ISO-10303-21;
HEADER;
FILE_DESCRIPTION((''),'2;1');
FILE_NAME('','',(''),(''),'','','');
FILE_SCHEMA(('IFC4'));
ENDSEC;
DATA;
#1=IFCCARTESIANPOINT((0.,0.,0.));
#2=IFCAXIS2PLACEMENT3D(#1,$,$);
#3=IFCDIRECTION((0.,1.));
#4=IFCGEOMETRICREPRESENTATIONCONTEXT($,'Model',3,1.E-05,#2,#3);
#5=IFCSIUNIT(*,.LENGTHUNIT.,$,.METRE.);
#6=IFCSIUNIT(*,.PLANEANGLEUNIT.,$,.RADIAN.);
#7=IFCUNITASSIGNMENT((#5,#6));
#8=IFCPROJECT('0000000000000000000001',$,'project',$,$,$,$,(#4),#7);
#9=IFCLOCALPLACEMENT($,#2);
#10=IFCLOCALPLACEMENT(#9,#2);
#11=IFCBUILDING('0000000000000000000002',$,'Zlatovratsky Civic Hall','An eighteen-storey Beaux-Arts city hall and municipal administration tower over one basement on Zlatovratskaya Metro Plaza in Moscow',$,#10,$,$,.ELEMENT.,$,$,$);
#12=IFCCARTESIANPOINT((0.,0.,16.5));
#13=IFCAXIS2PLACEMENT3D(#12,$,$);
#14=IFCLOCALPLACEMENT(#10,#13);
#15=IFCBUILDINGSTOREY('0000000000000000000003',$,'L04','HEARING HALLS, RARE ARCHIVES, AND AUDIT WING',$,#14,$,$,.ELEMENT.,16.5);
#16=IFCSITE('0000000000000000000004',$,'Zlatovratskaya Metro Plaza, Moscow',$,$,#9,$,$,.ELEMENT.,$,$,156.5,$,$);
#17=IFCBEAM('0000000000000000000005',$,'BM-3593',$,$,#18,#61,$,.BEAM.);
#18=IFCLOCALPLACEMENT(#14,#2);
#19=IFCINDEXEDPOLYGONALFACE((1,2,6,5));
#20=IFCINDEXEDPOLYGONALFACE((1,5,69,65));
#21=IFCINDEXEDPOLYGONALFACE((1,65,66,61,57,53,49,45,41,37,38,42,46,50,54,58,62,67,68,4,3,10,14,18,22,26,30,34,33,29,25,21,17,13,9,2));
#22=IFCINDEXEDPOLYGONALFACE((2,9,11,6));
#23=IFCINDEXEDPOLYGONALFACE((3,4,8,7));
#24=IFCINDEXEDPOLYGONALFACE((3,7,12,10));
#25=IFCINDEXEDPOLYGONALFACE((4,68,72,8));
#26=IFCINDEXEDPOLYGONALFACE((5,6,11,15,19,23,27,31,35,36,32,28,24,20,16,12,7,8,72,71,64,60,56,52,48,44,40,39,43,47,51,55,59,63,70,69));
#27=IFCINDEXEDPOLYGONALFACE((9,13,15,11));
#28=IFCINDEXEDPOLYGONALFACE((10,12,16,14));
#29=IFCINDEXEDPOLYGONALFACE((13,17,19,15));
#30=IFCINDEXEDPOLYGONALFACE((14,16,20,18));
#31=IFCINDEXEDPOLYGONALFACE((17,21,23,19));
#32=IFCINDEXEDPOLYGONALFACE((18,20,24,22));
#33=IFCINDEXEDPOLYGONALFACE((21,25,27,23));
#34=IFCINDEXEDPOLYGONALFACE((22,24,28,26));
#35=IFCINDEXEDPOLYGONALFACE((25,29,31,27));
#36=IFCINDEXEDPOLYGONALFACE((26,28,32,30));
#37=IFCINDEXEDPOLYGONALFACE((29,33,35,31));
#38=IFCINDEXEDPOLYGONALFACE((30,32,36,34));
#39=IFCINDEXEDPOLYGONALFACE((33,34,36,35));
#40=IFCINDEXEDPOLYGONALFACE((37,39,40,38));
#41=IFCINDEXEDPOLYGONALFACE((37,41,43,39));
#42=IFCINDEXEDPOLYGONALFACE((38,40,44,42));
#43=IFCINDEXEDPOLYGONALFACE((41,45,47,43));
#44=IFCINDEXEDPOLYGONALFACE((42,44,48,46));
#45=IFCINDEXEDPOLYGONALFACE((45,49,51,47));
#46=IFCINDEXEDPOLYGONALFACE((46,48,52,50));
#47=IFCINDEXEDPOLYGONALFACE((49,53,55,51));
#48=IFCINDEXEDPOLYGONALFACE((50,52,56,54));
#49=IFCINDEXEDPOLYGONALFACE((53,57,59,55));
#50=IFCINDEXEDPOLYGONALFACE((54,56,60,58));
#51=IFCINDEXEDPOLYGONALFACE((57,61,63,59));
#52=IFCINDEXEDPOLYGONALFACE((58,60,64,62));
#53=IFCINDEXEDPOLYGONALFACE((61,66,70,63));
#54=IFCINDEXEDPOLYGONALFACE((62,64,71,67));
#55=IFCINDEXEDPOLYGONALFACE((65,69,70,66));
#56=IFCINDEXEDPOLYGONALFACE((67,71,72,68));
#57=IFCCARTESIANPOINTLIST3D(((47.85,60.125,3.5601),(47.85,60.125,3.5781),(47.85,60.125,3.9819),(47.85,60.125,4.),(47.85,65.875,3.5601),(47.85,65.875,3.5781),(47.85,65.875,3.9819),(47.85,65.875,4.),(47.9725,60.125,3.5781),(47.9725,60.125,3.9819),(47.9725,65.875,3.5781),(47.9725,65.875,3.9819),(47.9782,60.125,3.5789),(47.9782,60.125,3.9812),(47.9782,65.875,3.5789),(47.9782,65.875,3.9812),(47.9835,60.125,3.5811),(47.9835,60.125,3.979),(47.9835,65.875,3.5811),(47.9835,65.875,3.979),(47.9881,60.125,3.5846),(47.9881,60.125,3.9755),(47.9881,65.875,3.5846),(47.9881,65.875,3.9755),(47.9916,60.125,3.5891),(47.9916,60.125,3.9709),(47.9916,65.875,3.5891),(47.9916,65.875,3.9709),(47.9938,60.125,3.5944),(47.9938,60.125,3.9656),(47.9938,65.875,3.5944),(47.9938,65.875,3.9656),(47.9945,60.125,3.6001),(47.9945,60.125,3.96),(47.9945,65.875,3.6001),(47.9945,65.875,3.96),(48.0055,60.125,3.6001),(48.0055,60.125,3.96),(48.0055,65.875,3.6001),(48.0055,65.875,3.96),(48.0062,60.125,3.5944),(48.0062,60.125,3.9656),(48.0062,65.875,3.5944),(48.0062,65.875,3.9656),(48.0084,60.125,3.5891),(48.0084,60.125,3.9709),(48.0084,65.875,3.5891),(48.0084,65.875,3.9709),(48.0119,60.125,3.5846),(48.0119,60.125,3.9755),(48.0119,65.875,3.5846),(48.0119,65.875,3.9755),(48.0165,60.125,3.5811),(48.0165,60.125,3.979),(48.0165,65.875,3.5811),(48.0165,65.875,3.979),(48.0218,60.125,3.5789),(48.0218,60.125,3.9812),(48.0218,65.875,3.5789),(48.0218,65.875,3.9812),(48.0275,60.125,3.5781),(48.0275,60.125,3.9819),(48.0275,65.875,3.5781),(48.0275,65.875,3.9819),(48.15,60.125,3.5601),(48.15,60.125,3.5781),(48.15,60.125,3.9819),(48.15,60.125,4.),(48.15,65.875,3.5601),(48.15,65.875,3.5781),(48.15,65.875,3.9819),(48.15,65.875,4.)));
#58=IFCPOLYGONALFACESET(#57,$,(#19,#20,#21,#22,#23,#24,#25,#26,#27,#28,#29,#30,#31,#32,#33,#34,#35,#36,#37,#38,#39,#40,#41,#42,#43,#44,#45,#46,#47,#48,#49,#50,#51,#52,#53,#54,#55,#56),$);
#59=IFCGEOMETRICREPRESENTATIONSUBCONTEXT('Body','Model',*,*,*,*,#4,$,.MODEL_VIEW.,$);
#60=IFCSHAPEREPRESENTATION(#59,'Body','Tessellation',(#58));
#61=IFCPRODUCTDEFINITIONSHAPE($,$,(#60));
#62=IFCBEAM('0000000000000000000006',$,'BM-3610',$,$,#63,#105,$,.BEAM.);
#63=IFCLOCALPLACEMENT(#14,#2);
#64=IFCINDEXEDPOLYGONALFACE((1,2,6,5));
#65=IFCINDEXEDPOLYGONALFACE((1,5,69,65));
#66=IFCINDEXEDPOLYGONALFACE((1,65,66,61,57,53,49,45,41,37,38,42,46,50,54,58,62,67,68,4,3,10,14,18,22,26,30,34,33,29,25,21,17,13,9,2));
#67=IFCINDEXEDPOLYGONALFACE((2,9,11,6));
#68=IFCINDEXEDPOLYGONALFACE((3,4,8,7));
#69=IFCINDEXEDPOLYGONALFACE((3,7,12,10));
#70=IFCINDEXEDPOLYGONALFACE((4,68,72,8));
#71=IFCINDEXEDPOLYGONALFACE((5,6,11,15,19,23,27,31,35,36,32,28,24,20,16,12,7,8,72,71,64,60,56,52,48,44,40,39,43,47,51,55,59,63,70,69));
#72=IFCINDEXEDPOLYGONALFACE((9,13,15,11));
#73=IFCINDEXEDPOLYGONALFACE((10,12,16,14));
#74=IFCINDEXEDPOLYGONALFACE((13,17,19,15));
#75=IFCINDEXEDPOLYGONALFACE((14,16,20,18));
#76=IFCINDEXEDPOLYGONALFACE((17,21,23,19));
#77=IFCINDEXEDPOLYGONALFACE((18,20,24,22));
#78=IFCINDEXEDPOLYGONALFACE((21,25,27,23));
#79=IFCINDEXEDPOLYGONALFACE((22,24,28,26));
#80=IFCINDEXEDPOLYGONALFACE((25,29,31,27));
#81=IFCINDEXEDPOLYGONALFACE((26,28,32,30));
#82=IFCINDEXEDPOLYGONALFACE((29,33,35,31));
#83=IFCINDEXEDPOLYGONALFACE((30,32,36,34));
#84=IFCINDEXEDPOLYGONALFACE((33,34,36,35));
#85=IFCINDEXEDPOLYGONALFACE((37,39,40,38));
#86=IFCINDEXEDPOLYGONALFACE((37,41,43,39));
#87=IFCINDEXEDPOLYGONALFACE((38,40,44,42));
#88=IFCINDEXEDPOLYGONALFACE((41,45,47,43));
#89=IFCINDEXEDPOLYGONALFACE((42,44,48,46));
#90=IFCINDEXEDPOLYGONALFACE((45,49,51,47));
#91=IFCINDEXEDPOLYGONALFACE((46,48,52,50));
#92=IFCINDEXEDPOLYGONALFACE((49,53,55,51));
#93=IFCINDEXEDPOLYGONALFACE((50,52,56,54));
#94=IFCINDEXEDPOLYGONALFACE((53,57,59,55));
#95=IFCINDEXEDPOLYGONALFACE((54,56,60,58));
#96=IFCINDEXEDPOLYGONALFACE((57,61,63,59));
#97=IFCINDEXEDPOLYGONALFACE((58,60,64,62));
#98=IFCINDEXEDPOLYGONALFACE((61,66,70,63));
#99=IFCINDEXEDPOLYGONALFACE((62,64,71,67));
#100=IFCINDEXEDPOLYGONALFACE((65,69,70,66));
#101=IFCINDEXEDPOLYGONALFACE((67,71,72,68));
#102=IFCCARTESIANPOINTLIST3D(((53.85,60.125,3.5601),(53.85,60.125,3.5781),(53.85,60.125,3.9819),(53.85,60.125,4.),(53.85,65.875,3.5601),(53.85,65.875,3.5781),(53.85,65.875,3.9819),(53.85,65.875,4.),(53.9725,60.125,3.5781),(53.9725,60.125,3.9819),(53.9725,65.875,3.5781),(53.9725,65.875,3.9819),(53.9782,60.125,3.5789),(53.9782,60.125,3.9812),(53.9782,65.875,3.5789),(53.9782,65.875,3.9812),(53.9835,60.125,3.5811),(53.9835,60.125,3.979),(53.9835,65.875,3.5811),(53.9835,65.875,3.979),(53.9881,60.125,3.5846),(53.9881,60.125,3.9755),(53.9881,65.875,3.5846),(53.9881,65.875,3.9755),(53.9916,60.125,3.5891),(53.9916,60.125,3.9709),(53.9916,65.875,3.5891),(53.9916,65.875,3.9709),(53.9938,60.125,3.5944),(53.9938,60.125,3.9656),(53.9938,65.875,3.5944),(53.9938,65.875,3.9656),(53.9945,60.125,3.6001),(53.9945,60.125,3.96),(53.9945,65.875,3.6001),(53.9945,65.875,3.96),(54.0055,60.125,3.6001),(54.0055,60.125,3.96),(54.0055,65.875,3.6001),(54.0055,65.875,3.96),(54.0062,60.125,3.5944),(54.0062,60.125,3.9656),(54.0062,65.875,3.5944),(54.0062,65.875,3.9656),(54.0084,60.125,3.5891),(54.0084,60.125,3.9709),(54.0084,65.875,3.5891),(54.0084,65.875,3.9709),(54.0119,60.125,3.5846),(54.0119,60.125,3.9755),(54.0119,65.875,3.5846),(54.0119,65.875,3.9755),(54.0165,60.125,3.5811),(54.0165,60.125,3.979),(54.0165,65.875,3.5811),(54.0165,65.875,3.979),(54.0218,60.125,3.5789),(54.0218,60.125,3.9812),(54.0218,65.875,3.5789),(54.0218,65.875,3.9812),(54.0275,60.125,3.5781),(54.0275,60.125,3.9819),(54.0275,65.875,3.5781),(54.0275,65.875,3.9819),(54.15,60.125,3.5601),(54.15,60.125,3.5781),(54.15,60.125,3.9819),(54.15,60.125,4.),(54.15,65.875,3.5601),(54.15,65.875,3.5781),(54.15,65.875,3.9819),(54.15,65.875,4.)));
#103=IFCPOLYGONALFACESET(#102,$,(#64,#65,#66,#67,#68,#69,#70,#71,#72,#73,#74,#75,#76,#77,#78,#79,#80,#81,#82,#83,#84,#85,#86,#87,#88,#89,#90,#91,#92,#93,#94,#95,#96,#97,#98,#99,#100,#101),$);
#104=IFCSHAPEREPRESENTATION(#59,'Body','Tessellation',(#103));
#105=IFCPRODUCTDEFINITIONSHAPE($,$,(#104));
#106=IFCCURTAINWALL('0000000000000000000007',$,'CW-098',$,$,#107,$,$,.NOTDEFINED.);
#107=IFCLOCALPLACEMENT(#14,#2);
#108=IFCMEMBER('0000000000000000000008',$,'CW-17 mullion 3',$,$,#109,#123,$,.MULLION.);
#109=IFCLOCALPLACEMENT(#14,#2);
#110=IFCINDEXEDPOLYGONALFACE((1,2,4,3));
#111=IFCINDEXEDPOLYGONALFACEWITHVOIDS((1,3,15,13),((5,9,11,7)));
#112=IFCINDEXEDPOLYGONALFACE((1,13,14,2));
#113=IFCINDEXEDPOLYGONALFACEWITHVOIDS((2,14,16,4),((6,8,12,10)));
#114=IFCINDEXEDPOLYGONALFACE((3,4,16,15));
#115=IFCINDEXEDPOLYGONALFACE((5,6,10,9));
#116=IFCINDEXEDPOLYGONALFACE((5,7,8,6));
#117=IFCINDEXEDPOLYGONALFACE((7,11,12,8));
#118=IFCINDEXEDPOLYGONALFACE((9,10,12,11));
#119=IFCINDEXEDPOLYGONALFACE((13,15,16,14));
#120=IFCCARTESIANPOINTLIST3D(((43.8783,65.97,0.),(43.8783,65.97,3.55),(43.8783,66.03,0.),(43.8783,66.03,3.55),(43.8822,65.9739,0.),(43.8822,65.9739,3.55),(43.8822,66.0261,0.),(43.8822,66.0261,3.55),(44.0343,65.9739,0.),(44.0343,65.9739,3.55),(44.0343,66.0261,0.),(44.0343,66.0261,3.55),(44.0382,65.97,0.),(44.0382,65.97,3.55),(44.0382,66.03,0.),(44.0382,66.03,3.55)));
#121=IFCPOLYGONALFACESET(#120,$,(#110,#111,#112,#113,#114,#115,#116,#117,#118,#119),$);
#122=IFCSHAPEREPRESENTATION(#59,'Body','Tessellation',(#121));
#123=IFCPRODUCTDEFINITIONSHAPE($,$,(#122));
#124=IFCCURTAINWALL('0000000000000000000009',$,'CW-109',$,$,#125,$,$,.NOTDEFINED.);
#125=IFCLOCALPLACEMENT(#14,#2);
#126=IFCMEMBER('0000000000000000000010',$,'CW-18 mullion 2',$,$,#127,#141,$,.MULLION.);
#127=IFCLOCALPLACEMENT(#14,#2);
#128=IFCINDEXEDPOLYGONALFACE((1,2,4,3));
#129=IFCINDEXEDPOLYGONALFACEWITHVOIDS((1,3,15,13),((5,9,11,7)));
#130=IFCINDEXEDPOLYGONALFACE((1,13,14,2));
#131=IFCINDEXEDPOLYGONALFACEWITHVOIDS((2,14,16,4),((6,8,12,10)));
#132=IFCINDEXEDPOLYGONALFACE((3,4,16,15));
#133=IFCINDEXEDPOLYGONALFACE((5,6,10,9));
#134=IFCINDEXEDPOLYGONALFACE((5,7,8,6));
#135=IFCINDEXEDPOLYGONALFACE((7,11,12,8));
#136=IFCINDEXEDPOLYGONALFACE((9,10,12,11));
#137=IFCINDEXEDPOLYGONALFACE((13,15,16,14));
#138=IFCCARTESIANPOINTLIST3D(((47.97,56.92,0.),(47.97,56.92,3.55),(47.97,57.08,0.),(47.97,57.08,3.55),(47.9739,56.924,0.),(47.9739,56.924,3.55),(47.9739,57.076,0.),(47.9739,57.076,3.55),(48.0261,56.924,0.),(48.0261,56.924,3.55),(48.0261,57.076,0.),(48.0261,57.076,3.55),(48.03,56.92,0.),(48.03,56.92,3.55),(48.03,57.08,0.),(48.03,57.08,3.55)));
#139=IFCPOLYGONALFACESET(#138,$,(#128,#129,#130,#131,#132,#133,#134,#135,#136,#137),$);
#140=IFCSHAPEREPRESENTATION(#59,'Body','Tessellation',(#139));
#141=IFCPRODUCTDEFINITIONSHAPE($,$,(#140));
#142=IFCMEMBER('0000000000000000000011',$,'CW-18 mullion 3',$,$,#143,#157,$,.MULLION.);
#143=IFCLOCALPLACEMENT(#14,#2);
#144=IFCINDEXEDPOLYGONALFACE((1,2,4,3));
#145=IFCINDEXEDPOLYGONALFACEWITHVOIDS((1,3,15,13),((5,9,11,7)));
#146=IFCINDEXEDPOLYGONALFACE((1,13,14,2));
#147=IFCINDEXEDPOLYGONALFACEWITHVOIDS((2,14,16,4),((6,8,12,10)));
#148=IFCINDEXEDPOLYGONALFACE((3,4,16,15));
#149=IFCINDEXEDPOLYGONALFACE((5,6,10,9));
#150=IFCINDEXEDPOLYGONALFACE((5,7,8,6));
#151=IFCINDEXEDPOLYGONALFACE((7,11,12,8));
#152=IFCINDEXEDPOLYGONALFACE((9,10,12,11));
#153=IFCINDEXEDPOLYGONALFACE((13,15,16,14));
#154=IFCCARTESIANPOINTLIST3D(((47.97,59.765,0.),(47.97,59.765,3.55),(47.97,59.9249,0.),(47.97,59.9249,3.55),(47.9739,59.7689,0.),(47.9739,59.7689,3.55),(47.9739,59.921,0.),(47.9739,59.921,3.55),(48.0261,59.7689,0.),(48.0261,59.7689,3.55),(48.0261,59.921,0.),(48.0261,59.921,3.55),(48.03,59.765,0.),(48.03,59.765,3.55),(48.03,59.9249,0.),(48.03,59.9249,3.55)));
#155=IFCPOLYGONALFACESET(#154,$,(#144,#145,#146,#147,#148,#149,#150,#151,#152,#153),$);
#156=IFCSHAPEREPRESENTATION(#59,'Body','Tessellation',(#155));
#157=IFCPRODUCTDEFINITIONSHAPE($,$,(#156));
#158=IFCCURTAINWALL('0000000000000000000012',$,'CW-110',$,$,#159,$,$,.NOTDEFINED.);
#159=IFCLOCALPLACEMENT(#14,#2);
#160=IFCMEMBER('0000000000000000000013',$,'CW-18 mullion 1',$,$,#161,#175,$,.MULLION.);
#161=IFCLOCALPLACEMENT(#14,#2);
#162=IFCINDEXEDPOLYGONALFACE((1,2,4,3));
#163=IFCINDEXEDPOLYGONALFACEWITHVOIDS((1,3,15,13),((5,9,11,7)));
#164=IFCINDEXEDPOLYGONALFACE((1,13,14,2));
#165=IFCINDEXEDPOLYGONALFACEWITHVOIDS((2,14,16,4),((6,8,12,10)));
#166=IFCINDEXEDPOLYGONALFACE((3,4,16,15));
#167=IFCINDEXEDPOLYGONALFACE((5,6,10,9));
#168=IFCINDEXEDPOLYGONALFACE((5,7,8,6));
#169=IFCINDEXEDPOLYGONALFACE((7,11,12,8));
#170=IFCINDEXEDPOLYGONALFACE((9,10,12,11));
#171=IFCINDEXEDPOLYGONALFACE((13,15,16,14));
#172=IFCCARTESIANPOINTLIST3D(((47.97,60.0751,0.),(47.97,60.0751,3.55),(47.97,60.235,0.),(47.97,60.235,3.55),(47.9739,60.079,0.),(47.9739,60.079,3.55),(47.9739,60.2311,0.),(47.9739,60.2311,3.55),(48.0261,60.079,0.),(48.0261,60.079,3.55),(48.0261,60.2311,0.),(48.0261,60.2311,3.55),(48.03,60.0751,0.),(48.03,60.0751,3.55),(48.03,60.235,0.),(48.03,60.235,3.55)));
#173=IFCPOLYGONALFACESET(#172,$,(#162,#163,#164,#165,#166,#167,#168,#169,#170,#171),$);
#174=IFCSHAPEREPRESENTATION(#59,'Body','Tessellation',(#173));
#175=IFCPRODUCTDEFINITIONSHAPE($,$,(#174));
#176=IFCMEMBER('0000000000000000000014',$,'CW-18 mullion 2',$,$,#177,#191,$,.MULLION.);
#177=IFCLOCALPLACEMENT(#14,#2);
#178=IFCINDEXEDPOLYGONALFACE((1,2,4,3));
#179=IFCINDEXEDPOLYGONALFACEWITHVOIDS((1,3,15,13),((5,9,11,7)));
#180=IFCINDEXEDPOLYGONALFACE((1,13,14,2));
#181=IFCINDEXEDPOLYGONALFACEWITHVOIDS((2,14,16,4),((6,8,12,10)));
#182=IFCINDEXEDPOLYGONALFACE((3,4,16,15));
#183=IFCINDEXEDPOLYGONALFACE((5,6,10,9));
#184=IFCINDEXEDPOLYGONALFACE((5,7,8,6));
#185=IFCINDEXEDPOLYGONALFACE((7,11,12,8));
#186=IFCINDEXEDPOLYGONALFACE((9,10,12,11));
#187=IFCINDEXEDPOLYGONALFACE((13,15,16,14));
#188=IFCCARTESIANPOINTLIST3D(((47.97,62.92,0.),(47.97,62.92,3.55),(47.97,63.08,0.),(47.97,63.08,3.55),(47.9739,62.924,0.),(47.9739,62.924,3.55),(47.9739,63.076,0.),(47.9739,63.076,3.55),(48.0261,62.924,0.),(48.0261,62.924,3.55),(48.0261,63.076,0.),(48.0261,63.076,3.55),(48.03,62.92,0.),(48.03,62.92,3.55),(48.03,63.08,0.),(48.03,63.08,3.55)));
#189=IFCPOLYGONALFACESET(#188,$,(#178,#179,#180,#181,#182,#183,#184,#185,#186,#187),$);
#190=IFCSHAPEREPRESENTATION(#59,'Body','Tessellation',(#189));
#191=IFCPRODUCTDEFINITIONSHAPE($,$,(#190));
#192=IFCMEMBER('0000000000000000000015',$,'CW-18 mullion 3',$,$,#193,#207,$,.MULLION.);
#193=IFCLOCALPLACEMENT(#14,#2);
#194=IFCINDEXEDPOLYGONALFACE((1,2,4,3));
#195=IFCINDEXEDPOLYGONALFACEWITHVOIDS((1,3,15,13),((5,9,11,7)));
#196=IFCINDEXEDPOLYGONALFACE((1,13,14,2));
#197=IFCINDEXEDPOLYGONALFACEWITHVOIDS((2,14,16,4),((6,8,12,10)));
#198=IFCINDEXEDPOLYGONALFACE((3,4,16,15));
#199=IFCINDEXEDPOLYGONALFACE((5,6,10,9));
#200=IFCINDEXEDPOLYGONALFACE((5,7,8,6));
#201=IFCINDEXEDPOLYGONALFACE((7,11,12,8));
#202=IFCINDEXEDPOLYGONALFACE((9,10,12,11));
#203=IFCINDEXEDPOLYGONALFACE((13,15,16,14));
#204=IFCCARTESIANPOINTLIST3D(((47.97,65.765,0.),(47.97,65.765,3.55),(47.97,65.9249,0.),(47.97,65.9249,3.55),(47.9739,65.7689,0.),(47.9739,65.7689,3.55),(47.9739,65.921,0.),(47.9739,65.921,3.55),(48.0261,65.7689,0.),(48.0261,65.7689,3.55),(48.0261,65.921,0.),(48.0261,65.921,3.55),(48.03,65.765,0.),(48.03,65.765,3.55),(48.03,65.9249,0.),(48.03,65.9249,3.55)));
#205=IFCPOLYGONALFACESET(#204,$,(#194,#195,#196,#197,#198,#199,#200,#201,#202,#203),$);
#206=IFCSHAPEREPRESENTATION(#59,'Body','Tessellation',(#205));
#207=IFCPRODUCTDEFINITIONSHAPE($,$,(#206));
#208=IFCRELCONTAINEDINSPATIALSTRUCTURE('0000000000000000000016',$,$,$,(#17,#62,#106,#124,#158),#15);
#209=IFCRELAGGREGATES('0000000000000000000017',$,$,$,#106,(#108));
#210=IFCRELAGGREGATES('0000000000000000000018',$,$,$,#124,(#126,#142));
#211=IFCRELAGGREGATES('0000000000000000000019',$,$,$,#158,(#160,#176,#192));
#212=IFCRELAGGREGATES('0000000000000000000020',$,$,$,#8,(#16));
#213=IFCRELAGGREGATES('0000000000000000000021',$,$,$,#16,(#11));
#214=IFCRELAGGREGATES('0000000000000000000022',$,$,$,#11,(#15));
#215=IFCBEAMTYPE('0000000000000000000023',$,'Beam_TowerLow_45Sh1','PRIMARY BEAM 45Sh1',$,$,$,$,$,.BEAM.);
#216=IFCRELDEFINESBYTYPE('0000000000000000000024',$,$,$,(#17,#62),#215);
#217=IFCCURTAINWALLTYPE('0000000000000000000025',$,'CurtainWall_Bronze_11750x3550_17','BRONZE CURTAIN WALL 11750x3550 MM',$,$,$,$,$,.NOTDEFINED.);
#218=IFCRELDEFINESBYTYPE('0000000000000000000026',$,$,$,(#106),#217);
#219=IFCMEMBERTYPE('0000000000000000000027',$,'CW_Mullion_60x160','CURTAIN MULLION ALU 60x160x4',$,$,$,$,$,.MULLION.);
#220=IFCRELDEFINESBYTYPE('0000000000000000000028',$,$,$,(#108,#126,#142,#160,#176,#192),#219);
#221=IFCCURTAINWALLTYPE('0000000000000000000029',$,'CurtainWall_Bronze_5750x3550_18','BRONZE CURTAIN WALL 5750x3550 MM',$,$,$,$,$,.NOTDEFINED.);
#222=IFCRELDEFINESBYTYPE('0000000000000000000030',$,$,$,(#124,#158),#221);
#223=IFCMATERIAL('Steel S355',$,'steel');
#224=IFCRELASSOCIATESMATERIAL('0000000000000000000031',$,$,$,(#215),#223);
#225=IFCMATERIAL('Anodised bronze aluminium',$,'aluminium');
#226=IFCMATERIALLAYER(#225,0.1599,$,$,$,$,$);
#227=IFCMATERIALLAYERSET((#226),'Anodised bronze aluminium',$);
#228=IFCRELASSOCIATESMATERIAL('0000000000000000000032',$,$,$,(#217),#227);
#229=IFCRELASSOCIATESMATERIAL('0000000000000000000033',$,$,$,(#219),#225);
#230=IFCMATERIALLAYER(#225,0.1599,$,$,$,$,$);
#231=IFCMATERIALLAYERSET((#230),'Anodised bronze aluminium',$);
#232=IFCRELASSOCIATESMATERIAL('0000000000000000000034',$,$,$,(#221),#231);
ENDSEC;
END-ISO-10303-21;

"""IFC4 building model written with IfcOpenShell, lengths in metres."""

from ifc_helpers import new_model, si_unit, direction, frame, origin, origin_2d, place, context, subcontext, project, spatial, hollow_rectangle, i_section, extrude, material, layer, layer_set, material_profile, profile_set, type_object, element, aggregate, save


model = new_model("IFC4")

# Units and contexts
model_context = context("Model", 3, precision=1e-05, world=origin(), true_north=direction((0.0, 1.0)))
body_context = subcontext(model_context, "Body", "Model", "MODEL_VIEW")
ifc_project = project(units=[si_unit("LENGTHUNIT", "METRE"), si_unit("PLANEANGLEUNIT", "RADIAN")], contexts=[model_context])

# Site, building, storey
site_placement = place(None, origin())
site = spatial("IfcSite", under=ifc_project, at=site_placement, Name="Zlatovratskaya Metro Plaza, Moscow", CompositionType="ELEMENT", RefElevation=156.5)
building_placement = place(site_placement, origin())
building = spatial("IfcBuilding", under=site, at=building_placement, Name="Zlatovratsky Civic Hall", Description="An eighteen-storey Beaux-Arts city hall and municipal administration tower over one basement on Zlatovratskaya Metro Plaza in Moscow", CompositionType="ELEMENT")
storey_placement = place(building_placement, frame((0.0, 0.0, 16.5)))
storey = spatial("IfcBuildingStorey", under=building, at=storey_placement, Name="L04", Description="HEARING HALLS, RARE ARCHIVES, AND AUDIT WING", CompositionType="ELEMENT", Elevation=16.5)

# Shared definitions
ifc_material_1 = material(Name="Steel S355", Category="steel")

# Beams
ifc_material_profile_1 = material_profile(ifc_material_1, i_section(OverallWidth=0.3, OverallDepth=0.4399, WebThickness=0.011, FlangeThickness=0.0181, FilletRadius=0.022, at=origin_2d()), Name="45Sh1")
ifc_profile_set_1 = profile_set([ifc_material_profile_1], Name="Steel S355")
beam_type = type_object("IfcBeamType", Name="Beam_TowerLow_45Sh1", Description="PRIMARY BEAM 45Sh1", PredefinedType="BEAM", material=ifc_profile_set_1)
for number, where, z_axis, x_axis, name in (
    (1, (48.0, 60.125, 3.78), (0.0, 1.0, 0.0), (-1.0, 0.0, 0.0), "BM-3593"),
    (2, (54.0, 60.125, 3.78), (0.0, 1.0, 0.0), (-1.0, 0.0, 0.0), "BM-3610"),
):
    element("IfcBeam", number, at=place(storey_placement, frame(where, z_axis=z_axis, x_axis=x_axis)), inside=storey, type_object=beam_type, Name=name, PredefinedType="BEAM", context=body_context, shape_type="SweptSolid", body=[
        extrude(i_section(OverallWidth=0.3, OverallDepth=0.4399, WebThickness=0.011, FlangeThickness=0.0181, FilletRadius=0.022, at=origin_2d()), origin(), (0.0, 0.0, 1.0), 5.75),
    ])

# Curtain wall, member
ifc_material_2 = material(Name="Anodised bronze aluminium", Category="aluminium")
ifc_layer_1 = layer(ifc_material_2, 0.1599)
ifc_layer_set_1 = layer_set([ifc_layer_1], Name="Anodised bronze aluminium")
curtain_wall_type_1 = type_object("IfcCurtainWallType", Name="CurtainWall_Bronze_11750x3550_17", Description="BRONZE CURTAIN WALL 11750x3550 MM", PredefinedType="NOTDEFINED", material=ifc_layer_set_1)
curtain_wall_1_placement = place(storey_placement, origin())
curtain_wall_1 = element("IfcCurtainWall", 3, at=curtain_wall_1_placement, inside=storey, type_object=curtain_wall_type_1, Name="CW-098", PredefinedType="NOTDEFINED")
ifc_material_profile_2 = material_profile(ifc_material_2, hollow_rectangle(XDim=0.0601, YDim=0.1599, WallThickness=0.0039, at=origin_2d()), Name="ALU 60x160x4")
ifc_profile_set_2 = profile_set([ifc_material_profile_2], Name="Anodised bronze aluminium")
member_type_1 = type_object("IfcMemberType", Name="CW_Mullion_60x160", Description="CURTAIN MULLION ALU 60x160x4", PredefinedType="MULLION", material=ifc_profile_set_2)
member_1_placement = place(storey_placement, frame((43.9583, 66.0, 0.0), z_axis=(0.0, 0.0, 1.0), x_axis=(0.0, 1.0, 0.0)))
member_1 = element("IfcMember", 4, at=member_1_placement, type_object=member_type_1, Name="CW-17 mullion 3", PredefinedType="MULLION", context=body_context, shape_type="SweptSolid", body=[
    extrude(hollow_rectangle(XDim=0.0601, YDim=0.1599, WallThickness=0.0039, at=origin_2d()), origin(), (0.0, 0.0, 1.0), 3.55),
])

# Curtain walls, members
ifc_layer_2 = layer(ifc_material_2, 0.1599)
ifc_layer_set_2 = layer_set([ifc_layer_2], Name="Anodised bronze aluminium")
curtain_wall_type_2 = type_object("IfcCurtainWallType", Name="CurtainWall_Bronze_5750x3550_18", Description="BRONZE CURTAIN WALL 5750x3550 MM", PredefinedType="NOTDEFINED", material=ifc_layer_set_2)
curtain_wall_2_placement = place(storey_placement, origin())
curtain_wall_2 = element("IfcCurtainWall", 5, at=curtain_wall_2_placement, inside=storey, type_object=curtain_wall_type_2, Name="CW-109", PredefinedType="NOTDEFINED")
member_2_placement = place(storey_placement, frame((48.0, 57.0, 0.0), z_axis=(0.0, 0.0, 1.0), x_axis=(-1.0, 0.0, 0.0)))
member_2 = element("IfcMember", 6, at=member_2_placement, type_object=member_type_1, Name="CW-18 mullion 2", PredefinedType="MULLION", context=body_context, shape_type="SweptSolid", body=[
    extrude(hollow_rectangle(XDim=0.0601, YDim=0.1599, WallThickness=0.0039, at=origin_2d()), origin(), (0.0, 0.0, 1.0), 3.55),
])
member_3_placement = place(storey_placement, frame((48.0, 59.845, 0.0), z_axis=(0.0, 0.0, 1.0), x_axis=(-1.0, 0.0, 0.0)))
member_3 = element("IfcMember", 7, at=member_3_placement, type_object=member_type_1, Name="CW-18 mullion 3", PredefinedType="MULLION", context=body_context, shape_type="SweptSolid", body=[
    extrude(hollow_rectangle(XDim=0.0601, YDim=0.1599, WallThickness=0.0039, at=origin_2d()), origin(), (0.0, 0.0, 1.0), 3.55),
])
curtain_wall_3_placement = place(storey_placement, origin())
curtain_wall_3 = element("IfcCurtainWall", 8, at=curtain_wall_3_placement, inside=storey, type_object=curtain_wall_type_2, Name="CW-110", PredefinedType="NOTDEFINED")
member_4_placement = place(storey_placement, frame((48.0, 60.155, 0.0), z_axis=(0.0, 0.0, 1.0), x_axis=(-1.0, 0.0, 0.0)))
member_4 = element("IfcMember", 9, at=member_4_placement, type_object=member_type_1, Name="CW-18 mullion 1", PredefinedType="MULLION", context=body_context, shape_type="SweptSolid", body=[
    extrude(hollow_rectangle(XDim=0.0601, YDim=0.1599, WallThickness=0.0039, at=origin_2d()), origin(), (0.0, 0.0, 1.0), 3.55),
])
member_5_placement = place(storey_placement, frame((48.0, 63.0, 0.0), z_axis=(0.0, 0.0, 1.0), x_axis=(-1.0, 0.0, 0.0)))
member_5 = element("IfcMember", 10, at=member_5_placement, type_object=member_type_1, Name="CW-18 mullion 2", PredefinedType="MULLION", context=body_context, shape_type="SweptSolid", body=[
    extrude(hollow_rectangle(XDim=0.0601, YDim=0.1599, WallThickness=0.0039, at=origin_2d()), origin(), (0.0, 0.0, 1.0), 3.55),
])
member_6_placement = place(storey_placement, frame((48.0, 65.845, 0.0), z_axis=(0.0, 0.0, 1.0), x_axis=(-1.0, 0.0, 0.0)))
member_6 = element("IfcMember", 11, at=member_6_placement, type_object=member_type_1, Name="CW-18 mullion 3", PredefinedType="MULLION", context=body_context, shape_type="SweptSolid", body=[
    extrude(hollow_rectangle(XDim=0.0601, YDim=0.1599, WallThickness=0.0039, at=origin_2d()), origin(), (0.0, 0.0, 1.0), 3.55),
])

aggregate(curtain_wall_1, [member_1])

aggregate(curtain_wall_2, [member_2, member_3])
aggregate(curtain_wall_3, [member_4, member_5, member_6])

save(model, "model.ifc")
